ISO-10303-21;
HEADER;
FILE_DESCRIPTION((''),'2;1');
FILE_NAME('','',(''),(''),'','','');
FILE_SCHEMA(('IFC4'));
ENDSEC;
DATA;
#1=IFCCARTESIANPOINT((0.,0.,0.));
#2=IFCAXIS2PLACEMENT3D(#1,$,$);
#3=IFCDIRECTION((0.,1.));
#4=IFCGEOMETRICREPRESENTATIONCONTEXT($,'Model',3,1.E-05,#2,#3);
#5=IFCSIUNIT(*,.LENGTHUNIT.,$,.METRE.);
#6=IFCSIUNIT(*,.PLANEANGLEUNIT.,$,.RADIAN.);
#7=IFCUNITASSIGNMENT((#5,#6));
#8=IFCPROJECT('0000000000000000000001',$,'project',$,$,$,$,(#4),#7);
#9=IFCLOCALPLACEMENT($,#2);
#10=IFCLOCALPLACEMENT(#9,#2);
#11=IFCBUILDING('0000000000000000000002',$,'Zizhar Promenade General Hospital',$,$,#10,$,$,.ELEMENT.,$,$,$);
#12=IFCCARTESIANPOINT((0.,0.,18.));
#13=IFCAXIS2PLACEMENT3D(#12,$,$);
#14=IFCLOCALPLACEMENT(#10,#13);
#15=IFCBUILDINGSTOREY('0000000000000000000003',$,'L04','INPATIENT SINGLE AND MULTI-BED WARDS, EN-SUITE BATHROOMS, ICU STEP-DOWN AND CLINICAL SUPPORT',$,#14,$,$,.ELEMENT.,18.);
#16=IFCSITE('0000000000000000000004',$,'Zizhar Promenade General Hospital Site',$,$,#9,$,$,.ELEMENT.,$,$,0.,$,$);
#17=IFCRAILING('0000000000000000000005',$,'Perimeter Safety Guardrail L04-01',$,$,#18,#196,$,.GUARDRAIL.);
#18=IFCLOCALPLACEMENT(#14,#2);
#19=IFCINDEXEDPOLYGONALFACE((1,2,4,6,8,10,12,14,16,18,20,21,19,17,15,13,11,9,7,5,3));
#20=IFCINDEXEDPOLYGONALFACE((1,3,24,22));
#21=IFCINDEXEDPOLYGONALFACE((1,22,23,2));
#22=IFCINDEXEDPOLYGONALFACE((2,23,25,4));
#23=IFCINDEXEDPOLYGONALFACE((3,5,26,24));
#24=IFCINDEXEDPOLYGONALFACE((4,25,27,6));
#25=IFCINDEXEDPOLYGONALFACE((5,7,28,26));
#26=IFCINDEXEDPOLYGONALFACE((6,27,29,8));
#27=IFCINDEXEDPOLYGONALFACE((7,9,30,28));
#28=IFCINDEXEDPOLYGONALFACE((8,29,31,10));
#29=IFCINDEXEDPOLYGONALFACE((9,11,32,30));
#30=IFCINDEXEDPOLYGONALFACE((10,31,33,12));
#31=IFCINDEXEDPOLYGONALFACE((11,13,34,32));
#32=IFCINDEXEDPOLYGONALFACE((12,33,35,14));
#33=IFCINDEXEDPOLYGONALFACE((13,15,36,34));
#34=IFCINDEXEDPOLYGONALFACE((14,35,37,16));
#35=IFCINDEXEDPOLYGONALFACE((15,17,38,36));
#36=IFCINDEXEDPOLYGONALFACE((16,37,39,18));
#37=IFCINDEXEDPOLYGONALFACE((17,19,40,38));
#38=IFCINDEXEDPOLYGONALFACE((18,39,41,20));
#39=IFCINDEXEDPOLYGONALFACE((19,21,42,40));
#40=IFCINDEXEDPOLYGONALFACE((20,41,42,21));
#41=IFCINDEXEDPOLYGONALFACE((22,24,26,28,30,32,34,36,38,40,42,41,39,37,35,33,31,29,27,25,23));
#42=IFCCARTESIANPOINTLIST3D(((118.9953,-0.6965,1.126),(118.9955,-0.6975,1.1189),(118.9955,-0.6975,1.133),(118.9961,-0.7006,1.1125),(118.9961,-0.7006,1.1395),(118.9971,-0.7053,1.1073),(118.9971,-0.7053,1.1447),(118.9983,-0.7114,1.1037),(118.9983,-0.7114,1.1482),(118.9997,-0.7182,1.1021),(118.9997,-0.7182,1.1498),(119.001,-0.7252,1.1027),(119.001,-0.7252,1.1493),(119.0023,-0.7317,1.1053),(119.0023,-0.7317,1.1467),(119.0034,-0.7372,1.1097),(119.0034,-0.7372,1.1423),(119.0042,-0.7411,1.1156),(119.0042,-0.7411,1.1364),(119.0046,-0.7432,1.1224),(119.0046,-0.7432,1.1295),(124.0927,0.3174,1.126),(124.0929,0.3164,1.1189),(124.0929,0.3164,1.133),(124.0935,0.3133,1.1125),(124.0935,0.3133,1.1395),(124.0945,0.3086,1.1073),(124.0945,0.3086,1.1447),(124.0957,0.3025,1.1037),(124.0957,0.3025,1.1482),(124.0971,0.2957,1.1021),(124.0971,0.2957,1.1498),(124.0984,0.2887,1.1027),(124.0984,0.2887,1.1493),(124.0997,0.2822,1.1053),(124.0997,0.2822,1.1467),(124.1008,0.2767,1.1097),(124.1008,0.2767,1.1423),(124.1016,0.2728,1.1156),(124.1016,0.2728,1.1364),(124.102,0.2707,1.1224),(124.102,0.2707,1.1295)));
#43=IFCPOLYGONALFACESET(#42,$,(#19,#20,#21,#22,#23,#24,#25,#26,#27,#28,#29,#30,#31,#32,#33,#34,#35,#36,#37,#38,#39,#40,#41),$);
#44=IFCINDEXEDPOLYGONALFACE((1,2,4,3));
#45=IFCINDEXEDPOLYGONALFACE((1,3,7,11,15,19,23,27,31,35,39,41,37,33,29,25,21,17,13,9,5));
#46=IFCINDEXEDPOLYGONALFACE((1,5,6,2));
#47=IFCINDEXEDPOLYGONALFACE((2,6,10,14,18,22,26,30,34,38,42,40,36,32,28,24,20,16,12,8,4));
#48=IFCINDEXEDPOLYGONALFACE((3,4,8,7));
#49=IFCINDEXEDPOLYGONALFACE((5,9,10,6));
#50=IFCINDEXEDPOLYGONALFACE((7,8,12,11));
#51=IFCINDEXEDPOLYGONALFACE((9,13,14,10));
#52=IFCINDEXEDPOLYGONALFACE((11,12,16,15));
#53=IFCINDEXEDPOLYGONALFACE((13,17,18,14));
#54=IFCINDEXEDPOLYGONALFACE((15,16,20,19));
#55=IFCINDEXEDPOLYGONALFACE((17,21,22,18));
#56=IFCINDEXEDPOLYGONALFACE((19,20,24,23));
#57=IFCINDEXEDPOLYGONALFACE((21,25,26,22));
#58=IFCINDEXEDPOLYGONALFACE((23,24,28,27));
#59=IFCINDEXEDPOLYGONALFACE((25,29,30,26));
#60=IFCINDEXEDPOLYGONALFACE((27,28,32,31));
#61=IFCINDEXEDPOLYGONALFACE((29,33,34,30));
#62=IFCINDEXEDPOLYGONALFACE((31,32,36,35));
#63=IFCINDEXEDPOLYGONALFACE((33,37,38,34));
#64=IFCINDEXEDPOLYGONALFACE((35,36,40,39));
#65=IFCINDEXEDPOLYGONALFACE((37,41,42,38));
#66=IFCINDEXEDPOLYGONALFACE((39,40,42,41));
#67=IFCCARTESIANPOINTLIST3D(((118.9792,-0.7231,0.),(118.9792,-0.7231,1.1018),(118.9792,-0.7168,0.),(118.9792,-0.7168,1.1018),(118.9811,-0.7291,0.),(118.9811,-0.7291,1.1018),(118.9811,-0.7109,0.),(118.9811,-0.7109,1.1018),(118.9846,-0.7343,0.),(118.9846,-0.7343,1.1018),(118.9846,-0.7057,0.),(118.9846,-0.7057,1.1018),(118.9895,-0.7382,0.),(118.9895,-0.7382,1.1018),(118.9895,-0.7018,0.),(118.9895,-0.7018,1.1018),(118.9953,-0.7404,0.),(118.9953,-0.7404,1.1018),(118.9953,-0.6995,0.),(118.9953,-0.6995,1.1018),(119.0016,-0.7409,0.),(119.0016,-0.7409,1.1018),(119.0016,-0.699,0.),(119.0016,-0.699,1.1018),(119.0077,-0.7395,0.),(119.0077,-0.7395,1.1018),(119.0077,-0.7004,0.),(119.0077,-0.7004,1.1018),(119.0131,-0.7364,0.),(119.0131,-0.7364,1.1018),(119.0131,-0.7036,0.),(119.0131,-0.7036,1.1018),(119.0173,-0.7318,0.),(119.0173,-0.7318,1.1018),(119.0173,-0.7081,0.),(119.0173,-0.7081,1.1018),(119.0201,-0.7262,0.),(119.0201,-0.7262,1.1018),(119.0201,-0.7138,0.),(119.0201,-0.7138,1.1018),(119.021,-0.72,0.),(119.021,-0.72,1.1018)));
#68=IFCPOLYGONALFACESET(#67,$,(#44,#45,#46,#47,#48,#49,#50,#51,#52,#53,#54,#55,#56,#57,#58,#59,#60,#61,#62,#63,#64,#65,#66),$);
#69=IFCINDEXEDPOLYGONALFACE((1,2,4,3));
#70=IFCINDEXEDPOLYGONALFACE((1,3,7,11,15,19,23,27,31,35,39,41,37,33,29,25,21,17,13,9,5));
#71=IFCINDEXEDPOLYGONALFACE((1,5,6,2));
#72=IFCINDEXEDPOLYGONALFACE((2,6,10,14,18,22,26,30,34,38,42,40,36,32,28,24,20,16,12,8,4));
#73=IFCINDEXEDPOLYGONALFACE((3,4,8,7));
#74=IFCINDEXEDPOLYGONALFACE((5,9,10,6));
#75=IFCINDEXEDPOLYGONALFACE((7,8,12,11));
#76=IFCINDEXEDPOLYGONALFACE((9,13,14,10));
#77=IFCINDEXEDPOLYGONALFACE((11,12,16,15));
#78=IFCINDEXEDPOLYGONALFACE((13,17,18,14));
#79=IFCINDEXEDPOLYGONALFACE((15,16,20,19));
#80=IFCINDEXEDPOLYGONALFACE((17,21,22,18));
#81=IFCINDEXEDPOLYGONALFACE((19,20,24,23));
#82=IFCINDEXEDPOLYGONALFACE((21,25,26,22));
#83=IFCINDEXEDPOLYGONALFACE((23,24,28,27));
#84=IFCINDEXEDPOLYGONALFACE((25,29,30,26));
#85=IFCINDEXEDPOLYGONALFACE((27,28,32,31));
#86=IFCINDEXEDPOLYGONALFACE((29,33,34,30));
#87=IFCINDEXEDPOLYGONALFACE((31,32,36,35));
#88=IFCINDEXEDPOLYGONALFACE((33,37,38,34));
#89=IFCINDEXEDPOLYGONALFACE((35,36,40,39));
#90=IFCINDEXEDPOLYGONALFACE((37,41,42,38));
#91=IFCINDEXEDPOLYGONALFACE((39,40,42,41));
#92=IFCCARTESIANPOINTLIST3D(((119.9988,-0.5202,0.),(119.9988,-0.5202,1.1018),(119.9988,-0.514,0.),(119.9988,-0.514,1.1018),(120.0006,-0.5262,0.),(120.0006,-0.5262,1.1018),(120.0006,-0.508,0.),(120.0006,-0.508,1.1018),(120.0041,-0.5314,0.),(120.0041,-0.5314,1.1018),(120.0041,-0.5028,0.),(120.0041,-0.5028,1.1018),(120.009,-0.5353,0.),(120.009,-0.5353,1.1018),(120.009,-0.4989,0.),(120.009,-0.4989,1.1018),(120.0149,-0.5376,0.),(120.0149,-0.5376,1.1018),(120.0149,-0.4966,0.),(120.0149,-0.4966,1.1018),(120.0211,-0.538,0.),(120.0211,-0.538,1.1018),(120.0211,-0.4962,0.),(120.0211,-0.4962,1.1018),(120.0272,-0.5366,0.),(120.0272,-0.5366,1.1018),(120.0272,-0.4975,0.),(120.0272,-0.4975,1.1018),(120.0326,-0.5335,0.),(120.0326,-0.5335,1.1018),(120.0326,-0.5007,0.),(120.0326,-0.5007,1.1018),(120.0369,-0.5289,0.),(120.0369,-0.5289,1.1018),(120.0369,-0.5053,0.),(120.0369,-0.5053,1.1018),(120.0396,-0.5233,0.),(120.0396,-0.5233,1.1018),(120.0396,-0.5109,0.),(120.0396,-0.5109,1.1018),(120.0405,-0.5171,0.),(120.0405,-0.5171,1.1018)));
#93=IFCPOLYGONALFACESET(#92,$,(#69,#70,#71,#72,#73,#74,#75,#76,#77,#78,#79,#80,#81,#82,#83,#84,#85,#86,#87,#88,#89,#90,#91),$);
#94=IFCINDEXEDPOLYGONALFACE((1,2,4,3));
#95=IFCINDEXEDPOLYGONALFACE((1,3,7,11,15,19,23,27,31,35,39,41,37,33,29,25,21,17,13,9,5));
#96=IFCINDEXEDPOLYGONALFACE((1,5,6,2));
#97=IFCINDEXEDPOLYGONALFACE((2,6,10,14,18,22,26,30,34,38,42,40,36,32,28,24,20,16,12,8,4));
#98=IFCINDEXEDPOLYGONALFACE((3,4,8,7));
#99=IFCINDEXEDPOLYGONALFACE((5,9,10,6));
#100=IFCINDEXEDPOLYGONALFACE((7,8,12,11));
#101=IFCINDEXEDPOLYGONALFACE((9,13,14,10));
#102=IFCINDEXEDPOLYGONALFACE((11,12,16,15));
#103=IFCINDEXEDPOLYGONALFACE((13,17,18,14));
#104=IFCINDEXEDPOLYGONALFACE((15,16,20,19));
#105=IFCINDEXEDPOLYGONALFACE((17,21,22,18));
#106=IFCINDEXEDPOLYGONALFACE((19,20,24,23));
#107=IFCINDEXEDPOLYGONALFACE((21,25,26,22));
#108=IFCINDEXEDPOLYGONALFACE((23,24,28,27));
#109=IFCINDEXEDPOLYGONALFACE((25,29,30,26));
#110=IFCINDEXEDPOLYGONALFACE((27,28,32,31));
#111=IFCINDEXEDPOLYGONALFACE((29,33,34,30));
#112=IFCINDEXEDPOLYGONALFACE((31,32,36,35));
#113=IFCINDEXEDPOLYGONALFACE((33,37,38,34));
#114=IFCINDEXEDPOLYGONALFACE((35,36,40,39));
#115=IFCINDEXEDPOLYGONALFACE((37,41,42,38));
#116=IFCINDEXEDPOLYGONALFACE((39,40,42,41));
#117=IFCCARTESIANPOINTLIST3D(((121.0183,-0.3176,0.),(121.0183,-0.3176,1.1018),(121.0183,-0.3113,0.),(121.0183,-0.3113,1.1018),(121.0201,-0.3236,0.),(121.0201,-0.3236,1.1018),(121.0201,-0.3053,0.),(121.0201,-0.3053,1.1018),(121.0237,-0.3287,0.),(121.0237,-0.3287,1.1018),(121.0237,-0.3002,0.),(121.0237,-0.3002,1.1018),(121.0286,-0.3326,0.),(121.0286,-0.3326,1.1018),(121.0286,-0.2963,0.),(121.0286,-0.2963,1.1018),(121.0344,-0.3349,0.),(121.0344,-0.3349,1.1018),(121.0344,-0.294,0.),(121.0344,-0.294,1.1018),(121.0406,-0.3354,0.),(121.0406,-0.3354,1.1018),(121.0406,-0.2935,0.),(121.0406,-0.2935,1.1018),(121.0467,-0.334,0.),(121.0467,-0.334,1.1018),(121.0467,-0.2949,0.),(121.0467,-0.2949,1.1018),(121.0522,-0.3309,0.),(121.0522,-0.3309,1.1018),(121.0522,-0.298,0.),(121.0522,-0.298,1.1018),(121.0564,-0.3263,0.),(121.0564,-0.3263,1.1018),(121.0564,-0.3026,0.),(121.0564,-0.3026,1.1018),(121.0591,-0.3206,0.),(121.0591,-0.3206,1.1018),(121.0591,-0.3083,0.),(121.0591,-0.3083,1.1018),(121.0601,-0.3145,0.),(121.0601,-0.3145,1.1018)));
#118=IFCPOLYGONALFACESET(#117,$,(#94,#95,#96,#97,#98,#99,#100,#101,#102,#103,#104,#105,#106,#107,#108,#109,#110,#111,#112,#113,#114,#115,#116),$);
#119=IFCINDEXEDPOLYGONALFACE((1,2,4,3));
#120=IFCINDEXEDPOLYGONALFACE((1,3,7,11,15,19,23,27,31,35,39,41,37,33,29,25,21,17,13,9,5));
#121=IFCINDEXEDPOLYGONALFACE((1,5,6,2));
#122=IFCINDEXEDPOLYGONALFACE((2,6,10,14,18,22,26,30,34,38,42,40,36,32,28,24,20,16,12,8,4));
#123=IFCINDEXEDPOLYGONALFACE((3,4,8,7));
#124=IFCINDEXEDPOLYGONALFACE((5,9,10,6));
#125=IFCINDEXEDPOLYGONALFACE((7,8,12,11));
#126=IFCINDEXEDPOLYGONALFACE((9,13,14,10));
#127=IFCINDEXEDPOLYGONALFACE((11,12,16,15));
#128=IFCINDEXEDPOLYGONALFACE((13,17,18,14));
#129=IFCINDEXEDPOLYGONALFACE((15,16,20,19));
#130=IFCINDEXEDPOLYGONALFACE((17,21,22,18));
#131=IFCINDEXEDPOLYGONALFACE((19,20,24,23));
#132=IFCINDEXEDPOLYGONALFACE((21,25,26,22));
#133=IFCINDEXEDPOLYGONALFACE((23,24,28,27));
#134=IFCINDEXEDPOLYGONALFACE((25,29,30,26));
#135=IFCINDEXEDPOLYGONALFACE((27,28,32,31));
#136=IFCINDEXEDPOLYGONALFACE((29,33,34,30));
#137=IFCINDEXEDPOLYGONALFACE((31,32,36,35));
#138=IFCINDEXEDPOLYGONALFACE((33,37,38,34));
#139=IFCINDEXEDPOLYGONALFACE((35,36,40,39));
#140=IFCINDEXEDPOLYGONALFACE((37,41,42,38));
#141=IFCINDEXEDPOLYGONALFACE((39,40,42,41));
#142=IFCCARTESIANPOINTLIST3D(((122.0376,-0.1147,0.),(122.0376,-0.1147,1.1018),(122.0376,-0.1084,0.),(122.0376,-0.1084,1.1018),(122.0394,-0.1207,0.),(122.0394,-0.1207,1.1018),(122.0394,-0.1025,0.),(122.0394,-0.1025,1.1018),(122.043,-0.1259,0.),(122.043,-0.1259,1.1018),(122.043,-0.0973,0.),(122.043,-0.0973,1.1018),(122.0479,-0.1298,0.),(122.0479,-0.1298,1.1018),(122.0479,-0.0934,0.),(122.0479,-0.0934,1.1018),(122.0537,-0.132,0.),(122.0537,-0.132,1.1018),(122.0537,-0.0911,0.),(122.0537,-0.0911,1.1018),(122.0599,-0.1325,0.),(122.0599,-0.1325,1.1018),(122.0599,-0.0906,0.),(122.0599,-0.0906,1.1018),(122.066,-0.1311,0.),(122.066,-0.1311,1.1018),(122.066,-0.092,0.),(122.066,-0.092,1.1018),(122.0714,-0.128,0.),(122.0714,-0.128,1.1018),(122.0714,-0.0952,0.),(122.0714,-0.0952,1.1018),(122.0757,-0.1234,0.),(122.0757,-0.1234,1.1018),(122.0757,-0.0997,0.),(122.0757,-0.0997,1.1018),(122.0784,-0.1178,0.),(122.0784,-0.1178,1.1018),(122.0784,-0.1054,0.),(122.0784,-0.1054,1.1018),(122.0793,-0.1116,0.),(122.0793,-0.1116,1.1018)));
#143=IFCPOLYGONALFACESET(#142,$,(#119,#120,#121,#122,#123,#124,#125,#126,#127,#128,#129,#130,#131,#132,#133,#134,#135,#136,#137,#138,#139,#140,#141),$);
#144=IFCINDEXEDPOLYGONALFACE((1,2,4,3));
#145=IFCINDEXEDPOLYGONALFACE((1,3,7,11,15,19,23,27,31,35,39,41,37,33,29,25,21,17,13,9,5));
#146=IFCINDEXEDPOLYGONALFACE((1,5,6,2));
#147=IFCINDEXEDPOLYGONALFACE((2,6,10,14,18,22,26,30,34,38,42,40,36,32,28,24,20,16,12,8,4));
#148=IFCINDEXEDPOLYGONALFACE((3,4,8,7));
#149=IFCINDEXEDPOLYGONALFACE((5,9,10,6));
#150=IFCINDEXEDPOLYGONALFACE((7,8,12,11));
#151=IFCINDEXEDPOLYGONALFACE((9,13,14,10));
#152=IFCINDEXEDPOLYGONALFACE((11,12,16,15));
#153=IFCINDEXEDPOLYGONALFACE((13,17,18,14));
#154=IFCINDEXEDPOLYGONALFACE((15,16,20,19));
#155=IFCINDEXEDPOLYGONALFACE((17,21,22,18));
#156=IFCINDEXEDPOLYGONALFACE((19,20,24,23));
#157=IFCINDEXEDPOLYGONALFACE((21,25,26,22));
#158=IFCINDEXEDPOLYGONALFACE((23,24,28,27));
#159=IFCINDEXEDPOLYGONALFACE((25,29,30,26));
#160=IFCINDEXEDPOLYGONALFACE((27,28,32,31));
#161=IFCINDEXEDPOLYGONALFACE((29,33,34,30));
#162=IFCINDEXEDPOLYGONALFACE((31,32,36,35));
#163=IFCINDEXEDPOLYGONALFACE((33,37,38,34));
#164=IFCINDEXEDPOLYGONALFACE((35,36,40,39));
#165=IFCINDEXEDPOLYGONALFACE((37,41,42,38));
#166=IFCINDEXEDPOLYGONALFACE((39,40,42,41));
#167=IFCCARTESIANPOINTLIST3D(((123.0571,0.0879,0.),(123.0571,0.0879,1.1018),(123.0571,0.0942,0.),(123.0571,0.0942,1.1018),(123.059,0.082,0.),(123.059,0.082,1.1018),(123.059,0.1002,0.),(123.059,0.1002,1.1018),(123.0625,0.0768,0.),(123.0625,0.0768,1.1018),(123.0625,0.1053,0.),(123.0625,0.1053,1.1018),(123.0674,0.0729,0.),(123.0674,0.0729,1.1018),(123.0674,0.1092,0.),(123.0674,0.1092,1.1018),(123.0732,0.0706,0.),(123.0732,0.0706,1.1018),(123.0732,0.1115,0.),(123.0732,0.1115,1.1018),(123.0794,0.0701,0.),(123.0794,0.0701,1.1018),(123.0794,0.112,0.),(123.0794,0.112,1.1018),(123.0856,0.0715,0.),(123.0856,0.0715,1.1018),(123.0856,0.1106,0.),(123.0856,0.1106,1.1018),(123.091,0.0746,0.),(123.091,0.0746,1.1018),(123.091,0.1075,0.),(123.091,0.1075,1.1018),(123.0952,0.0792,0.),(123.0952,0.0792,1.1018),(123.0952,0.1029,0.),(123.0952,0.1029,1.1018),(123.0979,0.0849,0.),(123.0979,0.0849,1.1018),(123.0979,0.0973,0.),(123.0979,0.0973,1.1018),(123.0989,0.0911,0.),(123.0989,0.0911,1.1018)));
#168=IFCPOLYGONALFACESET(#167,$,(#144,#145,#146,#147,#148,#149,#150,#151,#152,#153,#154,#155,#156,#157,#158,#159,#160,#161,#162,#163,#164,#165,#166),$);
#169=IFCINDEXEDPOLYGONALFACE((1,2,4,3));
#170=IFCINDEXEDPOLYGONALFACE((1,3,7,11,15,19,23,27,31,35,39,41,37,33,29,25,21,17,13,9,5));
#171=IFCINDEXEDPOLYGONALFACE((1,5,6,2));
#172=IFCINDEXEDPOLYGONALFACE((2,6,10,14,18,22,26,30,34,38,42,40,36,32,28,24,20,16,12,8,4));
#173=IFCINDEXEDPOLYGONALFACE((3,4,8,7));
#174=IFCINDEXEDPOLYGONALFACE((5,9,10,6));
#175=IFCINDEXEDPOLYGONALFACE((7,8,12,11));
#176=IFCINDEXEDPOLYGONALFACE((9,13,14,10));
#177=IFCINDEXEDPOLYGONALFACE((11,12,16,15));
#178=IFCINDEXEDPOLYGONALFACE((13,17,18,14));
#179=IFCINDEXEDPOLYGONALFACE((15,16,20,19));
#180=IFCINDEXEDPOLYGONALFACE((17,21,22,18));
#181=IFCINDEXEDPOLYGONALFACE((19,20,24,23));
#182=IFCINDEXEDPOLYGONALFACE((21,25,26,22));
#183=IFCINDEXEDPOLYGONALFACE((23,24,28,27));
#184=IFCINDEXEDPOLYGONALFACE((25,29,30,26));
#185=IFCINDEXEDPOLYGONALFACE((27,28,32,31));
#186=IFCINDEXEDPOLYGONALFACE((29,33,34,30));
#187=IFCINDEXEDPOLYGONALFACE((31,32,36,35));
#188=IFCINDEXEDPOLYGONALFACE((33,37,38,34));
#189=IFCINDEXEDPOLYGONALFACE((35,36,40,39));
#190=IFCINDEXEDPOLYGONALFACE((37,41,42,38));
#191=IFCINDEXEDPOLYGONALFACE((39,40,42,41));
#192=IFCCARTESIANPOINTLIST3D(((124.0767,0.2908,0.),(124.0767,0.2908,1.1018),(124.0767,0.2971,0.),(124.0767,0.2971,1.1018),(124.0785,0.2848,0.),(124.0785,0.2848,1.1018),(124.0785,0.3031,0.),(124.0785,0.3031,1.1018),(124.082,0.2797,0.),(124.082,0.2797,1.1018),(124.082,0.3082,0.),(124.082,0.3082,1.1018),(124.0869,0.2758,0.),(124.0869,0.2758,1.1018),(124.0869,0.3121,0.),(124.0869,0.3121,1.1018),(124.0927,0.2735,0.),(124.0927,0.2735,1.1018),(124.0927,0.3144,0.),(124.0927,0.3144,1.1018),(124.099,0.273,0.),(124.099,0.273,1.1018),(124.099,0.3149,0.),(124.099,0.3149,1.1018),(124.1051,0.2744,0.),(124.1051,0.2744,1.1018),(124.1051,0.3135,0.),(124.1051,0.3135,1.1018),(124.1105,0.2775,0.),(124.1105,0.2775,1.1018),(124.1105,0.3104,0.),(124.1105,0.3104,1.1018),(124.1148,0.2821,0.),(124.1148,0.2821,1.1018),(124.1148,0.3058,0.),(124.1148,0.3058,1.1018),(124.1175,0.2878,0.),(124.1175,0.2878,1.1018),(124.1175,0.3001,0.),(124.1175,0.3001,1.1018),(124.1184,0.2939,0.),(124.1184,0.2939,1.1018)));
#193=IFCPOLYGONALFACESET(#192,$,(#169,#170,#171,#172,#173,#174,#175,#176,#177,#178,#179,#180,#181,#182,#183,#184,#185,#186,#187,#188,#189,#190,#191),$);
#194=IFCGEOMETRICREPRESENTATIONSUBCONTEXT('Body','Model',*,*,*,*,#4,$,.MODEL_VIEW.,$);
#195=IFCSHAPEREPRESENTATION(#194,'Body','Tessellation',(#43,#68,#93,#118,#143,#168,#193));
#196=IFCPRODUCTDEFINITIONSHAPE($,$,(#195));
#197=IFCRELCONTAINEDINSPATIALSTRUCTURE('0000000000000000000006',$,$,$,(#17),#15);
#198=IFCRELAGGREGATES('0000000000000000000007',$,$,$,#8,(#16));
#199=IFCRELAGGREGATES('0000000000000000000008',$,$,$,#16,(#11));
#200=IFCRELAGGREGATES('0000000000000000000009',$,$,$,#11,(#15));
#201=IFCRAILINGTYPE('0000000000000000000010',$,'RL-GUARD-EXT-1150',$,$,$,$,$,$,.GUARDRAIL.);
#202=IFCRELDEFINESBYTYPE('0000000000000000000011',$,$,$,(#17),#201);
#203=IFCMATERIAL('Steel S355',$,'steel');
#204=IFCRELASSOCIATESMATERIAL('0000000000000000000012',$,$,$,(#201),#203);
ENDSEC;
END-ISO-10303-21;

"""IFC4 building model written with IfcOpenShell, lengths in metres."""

from ifc_helpers import new_model, si_unit, direction, frame, origin, origin_2d, place, context, subcontext, project, spatial, hollow_rectangle, circle, extrude, material, material_profile, profile_set, type_object, element, save


model = new_model("IFC4")

# Units and contexts
model_context = context("Model", 3, precision=1e-05, world=origin(), true_north=direction((0.0, 1.0)))
body_context = subcontext(model_context, "Body", "Model", "MODEL_VIEW")
ifc_project = project(units=[si_unit("LENGTHUNIT", "METRE"), si_unit("PLANEANGLEUNIT", "RADIAN")], contexts=[model_context])

# Site, building, storey
site_placement = place(None, origin())
site = spatial("IfcSite", under=ifc_project, at=site_placement, Name="Zizhar Promenade General Hospital Site", CompositionType="ELEMENT", RefElevation=0.0)
building_placement = place(site_placement, origin())
building = spatial("IfcBuilding", under=site, at=building_placement, Name="Zizhar Promenade General Hospital", CompositionType="ELEMENT")
storey_placement = place(building_placement, frame((0.0, 0.0, 18.0)))
storey = spatial("IfcBuildingStorey", under=building, at=storey_placement, Name="L04", Description="INPATIENT SINGLE AND MULTI-BED WARDS, EN-SUITE BATHROOMS, ICU STEP-DOWN AND CLINICAL SUPPORT", CompositionType="ELEMENT", Elevation=18.0)

# Railing
ifc_material_1 = material(Name="Steel S355", Category="steel")
ifc_material_profile_1 = material_profile(ifc_material_1, hollow_rectangle(XDim=0.0601, YDim=0.1201, WallThickness=0.0039, at=origin_2d()))
ifc_profile_set_1 = profile_set([ifc_material_profile_1], Name="Steel S355")
railing_type = type_object("IfcRailingType", Name="RL-GUARD-EXT-1150", PredefinedType="GUARDRAIL", material=ifc_profile_set_1)
railing_placement = place(storey_placement, frame((119.0, -0.72, 0.0)))
element("IfcRailing", 1, at=railing_placement, inside=storey, type_object=railing_type, Name="Perimeter Safety Guardrail L04-01", PredefinedType="GUARDRAIL", context=body_context, shape_type="SweptSolid", body=[
    extrude(circle(Radius=0.0239, at=origin_2d()), frame((0.0, 0.0, 1.126), z_axis=(0.980786, 0.195086, 0.0), x_axis=(-0.195086, 0.980786, 0.0)), (0.0, 0.0, 1.0), 5.1973),
    extrude(circle(Radius=0.021, at=origin_2d()), origin(), (0.0, 0.0, 1.0), 1.1018),
    extrude(circle(Radius=0.021, at=origin_2d()), frame((1.0195, 0.2029, 0.0)), (0.0, 0.0, 1.0), 1.1018),
    extrude(circle(Radius=0.021, at=origin_2d()), frame((2.0391, 0.4055, 0.0)), (0.0, 0.0, 1.0), 1.1018),
    extrude(circle(Radius=0.021, at=origin_2d()), frame((3.0583, 0.6084, 0.0)), (0.0, 0.0, 1.0), 1.1018),
    extrude(circle(Radius=0.021, at=origin_2d()), frame((4.0779, 0.811, 0.0)), (0.0, 0.0, 1.0), 1.1018),
    extrude(circle(Radius=0.021, at=origin_2d()), frame((5.0974, 1.0139, 0.0)), (0.0, 0.0, 1.0), 1.1018),
])

save(model, "model.ifc")
